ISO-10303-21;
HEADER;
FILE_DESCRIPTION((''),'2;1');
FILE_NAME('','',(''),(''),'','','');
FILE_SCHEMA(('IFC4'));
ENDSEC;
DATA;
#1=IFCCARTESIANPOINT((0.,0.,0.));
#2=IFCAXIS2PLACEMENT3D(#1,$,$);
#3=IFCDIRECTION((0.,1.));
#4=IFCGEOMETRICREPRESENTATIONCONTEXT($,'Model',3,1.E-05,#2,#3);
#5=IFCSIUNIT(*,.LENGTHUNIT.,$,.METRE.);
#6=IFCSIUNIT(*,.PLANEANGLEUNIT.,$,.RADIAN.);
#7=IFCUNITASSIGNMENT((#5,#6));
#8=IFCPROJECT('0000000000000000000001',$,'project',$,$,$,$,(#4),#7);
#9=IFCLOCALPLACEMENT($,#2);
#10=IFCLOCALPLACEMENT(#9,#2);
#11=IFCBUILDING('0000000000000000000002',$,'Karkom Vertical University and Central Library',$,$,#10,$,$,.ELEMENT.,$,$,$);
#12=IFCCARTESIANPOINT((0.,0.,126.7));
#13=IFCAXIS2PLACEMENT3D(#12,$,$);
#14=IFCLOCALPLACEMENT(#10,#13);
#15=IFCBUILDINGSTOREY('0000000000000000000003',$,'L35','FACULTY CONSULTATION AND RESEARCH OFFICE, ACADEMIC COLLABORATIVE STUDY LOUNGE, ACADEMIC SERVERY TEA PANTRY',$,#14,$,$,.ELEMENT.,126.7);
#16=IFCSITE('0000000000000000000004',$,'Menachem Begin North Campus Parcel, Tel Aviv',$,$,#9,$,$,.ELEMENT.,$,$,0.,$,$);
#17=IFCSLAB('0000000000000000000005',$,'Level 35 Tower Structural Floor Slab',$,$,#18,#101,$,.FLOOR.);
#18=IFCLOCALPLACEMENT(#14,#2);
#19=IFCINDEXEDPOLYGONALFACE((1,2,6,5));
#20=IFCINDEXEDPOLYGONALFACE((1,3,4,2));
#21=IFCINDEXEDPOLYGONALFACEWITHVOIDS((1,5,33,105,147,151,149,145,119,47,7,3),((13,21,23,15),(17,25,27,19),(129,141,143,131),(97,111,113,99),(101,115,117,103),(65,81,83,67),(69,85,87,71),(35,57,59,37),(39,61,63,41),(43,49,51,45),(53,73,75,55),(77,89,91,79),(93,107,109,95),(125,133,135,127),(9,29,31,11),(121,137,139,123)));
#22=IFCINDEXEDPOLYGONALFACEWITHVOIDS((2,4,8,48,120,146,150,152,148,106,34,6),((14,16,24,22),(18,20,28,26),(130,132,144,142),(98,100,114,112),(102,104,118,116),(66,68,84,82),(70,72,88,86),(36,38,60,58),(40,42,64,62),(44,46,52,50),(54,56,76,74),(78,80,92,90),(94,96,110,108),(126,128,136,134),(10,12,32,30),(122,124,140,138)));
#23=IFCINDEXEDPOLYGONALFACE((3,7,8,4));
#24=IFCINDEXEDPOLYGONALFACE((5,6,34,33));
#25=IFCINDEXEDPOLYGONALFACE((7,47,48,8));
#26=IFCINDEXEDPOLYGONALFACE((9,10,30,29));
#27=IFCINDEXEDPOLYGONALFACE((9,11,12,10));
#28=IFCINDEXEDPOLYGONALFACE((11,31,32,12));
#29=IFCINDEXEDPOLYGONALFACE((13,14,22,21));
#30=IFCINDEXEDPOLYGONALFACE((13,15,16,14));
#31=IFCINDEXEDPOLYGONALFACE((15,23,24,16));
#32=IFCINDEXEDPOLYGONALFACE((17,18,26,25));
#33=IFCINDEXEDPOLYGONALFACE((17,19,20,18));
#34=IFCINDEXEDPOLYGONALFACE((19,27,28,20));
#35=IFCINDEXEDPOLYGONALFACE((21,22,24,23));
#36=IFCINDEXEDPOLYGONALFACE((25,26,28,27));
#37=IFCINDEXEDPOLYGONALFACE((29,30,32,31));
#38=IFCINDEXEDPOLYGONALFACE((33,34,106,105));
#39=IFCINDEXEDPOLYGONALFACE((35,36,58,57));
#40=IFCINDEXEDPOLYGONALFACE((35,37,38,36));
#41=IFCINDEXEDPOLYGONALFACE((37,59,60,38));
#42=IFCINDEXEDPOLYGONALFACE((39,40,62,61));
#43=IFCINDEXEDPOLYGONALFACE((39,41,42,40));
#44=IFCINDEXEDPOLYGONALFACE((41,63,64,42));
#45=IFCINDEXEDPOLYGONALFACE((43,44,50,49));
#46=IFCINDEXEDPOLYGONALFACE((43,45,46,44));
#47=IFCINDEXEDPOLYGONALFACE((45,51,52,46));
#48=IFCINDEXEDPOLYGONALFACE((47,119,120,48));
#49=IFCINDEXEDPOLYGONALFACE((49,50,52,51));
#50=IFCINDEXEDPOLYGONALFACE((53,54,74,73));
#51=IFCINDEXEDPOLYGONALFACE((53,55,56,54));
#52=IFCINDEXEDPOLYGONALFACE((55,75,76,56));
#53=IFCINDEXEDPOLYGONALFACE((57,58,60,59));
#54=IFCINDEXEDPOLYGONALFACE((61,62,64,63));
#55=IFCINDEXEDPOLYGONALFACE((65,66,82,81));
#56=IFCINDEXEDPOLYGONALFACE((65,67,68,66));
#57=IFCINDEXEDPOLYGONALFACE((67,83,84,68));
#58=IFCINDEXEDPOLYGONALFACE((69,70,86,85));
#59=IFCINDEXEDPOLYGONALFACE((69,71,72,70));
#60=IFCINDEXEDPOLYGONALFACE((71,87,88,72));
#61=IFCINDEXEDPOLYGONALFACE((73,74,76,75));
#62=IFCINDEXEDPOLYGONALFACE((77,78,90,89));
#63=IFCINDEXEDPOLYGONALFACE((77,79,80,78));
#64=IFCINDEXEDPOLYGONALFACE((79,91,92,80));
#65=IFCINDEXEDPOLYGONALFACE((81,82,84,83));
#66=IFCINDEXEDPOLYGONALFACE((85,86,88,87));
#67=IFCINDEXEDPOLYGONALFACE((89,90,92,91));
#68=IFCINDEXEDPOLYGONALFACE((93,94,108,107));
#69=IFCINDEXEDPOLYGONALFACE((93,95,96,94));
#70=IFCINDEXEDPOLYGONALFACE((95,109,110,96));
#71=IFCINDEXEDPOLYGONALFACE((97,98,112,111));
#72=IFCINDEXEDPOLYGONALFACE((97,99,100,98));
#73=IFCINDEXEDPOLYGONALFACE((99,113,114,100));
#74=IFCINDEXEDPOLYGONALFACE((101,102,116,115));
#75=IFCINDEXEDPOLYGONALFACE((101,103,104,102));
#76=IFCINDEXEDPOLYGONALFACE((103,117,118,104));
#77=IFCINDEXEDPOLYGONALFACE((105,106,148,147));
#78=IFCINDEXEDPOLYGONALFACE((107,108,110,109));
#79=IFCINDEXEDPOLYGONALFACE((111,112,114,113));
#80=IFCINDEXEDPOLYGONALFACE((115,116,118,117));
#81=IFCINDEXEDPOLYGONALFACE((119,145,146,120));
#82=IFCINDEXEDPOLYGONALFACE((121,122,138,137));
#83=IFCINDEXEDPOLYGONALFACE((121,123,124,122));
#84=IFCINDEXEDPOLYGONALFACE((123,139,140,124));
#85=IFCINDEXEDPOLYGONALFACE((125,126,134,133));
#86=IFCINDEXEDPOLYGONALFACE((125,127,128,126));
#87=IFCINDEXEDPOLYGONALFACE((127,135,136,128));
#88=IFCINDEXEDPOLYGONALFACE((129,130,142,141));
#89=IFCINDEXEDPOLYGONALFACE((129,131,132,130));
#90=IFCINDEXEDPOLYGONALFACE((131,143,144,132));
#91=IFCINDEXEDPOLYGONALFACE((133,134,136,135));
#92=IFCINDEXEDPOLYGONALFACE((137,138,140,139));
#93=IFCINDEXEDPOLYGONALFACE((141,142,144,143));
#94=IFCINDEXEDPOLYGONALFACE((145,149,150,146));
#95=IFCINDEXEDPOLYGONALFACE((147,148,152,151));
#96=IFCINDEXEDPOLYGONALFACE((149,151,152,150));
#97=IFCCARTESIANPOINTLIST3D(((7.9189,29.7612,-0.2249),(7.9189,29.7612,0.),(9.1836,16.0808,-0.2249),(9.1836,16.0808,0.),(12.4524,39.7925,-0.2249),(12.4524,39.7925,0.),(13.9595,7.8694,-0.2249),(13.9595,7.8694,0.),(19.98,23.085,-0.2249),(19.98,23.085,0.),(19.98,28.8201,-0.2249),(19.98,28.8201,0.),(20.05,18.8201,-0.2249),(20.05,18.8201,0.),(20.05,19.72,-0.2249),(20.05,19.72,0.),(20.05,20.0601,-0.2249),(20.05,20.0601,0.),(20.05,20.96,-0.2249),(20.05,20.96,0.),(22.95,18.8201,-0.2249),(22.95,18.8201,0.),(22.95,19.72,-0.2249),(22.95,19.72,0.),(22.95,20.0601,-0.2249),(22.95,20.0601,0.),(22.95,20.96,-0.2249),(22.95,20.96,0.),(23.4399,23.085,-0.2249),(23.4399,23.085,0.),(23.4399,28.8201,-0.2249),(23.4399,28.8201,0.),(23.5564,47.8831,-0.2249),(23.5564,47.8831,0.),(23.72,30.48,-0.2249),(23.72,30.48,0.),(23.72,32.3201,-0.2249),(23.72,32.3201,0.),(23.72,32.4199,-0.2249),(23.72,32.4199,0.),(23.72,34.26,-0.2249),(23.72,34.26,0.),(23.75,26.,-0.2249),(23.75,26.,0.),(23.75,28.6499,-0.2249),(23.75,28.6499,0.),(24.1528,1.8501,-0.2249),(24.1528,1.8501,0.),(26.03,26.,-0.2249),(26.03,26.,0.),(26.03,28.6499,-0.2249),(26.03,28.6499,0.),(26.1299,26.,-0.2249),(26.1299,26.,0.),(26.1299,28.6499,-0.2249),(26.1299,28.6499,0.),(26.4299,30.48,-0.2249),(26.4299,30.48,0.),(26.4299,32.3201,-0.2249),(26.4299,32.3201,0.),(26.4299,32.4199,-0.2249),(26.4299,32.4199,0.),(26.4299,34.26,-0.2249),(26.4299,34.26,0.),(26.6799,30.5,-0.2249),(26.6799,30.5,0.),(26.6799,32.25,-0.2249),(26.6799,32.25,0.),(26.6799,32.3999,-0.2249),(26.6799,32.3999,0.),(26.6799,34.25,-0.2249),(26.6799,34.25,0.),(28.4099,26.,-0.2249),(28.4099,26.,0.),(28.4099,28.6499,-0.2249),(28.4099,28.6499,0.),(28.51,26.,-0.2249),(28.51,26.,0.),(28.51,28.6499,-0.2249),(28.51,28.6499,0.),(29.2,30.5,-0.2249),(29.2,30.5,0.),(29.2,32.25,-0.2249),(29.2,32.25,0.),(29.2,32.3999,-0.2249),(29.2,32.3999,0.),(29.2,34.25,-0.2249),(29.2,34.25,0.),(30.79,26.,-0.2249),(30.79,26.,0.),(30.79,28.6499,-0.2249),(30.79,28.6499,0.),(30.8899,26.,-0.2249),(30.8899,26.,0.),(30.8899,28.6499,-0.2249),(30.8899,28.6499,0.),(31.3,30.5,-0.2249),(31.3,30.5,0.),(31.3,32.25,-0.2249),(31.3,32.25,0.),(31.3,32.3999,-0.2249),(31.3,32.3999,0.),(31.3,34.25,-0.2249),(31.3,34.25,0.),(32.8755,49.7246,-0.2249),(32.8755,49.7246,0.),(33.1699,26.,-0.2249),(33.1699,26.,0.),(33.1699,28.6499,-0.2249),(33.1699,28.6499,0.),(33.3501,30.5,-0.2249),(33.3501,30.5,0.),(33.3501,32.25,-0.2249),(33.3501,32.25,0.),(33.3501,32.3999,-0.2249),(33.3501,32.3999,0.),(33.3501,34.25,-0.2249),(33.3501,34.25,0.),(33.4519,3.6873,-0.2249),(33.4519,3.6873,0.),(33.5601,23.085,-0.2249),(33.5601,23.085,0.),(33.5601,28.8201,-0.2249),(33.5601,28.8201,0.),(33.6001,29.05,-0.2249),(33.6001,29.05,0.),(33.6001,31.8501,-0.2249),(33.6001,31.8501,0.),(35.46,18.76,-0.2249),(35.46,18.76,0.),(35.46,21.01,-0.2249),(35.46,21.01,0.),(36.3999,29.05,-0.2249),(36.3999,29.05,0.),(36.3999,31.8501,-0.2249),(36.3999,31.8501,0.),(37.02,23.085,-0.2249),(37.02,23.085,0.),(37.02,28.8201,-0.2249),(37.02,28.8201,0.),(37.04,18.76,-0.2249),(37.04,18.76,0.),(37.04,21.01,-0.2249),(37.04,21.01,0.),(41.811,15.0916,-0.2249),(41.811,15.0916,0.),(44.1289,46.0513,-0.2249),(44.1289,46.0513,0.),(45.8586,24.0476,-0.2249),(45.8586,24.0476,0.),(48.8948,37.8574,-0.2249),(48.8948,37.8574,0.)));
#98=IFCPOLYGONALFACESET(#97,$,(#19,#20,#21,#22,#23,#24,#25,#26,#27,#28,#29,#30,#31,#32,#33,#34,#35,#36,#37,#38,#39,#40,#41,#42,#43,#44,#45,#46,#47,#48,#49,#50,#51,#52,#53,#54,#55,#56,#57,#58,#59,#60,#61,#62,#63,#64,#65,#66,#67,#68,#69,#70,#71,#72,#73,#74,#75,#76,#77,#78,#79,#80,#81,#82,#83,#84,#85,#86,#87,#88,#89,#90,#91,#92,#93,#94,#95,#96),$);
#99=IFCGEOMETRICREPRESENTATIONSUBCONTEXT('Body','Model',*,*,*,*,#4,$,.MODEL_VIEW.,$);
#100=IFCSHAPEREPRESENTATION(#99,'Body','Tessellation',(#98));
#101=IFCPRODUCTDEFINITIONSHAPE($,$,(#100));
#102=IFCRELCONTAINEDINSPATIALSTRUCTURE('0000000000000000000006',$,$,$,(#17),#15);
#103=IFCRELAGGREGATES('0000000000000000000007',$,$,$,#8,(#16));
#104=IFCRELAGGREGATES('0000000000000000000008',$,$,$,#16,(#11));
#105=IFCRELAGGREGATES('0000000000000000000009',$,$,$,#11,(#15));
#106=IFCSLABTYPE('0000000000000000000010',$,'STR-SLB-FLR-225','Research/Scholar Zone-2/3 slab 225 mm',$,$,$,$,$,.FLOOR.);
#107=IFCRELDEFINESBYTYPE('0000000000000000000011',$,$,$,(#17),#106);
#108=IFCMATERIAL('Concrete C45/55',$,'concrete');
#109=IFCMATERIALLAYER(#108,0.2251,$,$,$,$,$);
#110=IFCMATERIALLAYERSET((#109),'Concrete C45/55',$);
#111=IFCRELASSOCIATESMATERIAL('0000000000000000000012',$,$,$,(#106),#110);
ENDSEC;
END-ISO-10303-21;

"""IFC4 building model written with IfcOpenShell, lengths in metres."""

from ifc_helpers import new_model, si_unit, direction, frame, origin, place, context, subcontext, project, spatial, polyline, outline, extrude, material, layer, layer_set, type_object, element, save


model = new_model("IFC4")

# Units and contexts
model_context = context("Model", 3, precision=1e-05, world=origin(), true_north=direction((0.0, 1.0)))
body_context = subcontext(model_context, "Body", "Model", "MODEL_VIEW")
ifc_project = project(units=[si_unit("LENGTHUNIT", "METRE"), si_unit("PLANEANGLEUNIT", "RADIAN")], contexts=[model_context])

# Site, building, storey
site_placement = place(None, origin())
site = spatial("IfcSite", under=ifc_project, at=site_placement, Name="Menachem Begin North Campus Parcel, Tel Aviv", CompositionType="ELEMENT", RefElevation=0.0)
building_placement = place(site_placement, origin())
building = spatial("IfcBuilding", under=site, at=building_placement, Name="Karkom Vertical University and Central Library", CompositionType="ELEMENT")
storey_placement = place(building_placement, frame((0.0, 0.0, 126.7)))
storey = spatial("IfcBuildingStorey", under=building, at=storey_placement, Name="L35", Description="FACULTY CONSULTATION AND RESEARCH OFFICE, ACADEMIC COLLABORATIVE STUDY LOUNGE, ACADEMIC SERVERY TEA PANTRY", CompositionType="ELEMENT", Elevation=126.7)

# Shared definitions
ifc_material_1 = material(Name="Concrete C45/55", Category="concrete")

# Slab
ifc_layer_1 = layer(ifc_material_1, 0.2251)
ifc_layer_set_1 = layer_set([ifc_layer_1], Name="Concrete C45/55")
slab_type_1 = type_object("IfcSlabType", Name="STR-SLB-FLR-225", Description="Research/Scholar Zone-2/3 slab 225 mm", PredefinedType="FLOOR", material=ifc_layer_set_1)
slab_1_placement = place(storey_placement, frame((0.0, 0.0, -0.2249)))
element("IfcSlab", 1, at=slab_1_placement, inside=storey, type_object=slab_type_1, Name="Level 35 Tower Structural Floor Slab", PredefinedType="FLOOR", context=body_context, shape_type="SweptSolid", body=[
    extrude(outline(polyline([(12.4524, 39.7925), (7.9189, 29.7612), (9.1836, 16.0808), (13.9595, 7.8694), (24.1528, 1.8501), (33.4519, 3.6873), (41.811, 15.0916), (45.8586, 24.0476), (48.8948, 37.8574), (44.1289, 46.0513), (32.8755, 49.7246), (23.5564, 47.8831), (12.4524, 39.7925)]), holes=[polyline([(19.98, 23.085), (23.4399, 23.085), (23.4399, 28.8201), (19.98, 28.8201), (19.98, 23.085)]), polyline([(33.5601, 23.085), (37.02, 23.085), (37.02, 28.8201), (33.5601, 28.8201), (33.5601, 23.085)]), polyline([(23.75, 26.0), (26.03, 26.0), (26.03, 28.6499), (23.75, 28.6499), (23.75, 26.0)]), polyline([(26.1299, 26.0), (28.4099, 26.0), (28.4099, 28.6499), (26.1299, 28.6499), (26.1299, 26.0)]), polyline([(28.51, 26.0), (30.79, 26.0), (30.79, 28.6499), (28.51, 28.6499), (28.51, 26.0)]), polyline([(30.8899, 26.0), (33.1699, 26.0), (33.1699, 28.6499), (30.8899, 28.6499), (30.8899, 26.0)]), polyline([(26.6799, 30.5), (29.2, 30.5), (29.2, 32.25), (26.6799, 32.25), (26.6799, 30.5)]), polyline([(26.6799, 32.3999), (29.2, 32.3999), (29.2, 34.25), (26.6799, 34.25), (26.6799, 32.3999)]), polyline([(31.3, 30.5), (33.3501, 30.5), (33.3501, 32.25), (31.3, 32.25), (31.3, 30.5)]), polyline([(31.3, 32.3999), (33.3501, 32.3999), (33.3501, 34.25), (31.3, 34.25), (31.3, 32.3999)]), polyline([(23.72, 30.48), (26.4299, 30.48), (26.4299, 32.3201), (23.72, 32.3201), (23.72, 30.48)]), polyline([(23.72, 32.4199), (26.4299, 32.4199), (26.4299, 34.26), (23.72, 34.26), (23.72, 32.4199)]), polyline([(33.6001, 29.05), (36.3999, 29.05), (36.3999, 31.8501), (33.6001, 31.8501), (33.6001, 29.05)]), polyline([(20.05, 18.8201), (22.95, 18.8201), (22.95, 19.72), (20.05, 19.72), (20.05, 18.8201)]), polyline([(20.05, 20.0601), (22.95, 20.0601), (22.95, 20.96), (20.05, 20.96), (20.05, 20.0601)]), polyline([(35.46, 18.76), (37.04, 18.76), (37.04, 21.01), (35.46, 21.01), (35.46, 18.76)])]), origin(), (0.0, 0.0, 1.0), 0.2249),
])

save(model, "model.ifc")
